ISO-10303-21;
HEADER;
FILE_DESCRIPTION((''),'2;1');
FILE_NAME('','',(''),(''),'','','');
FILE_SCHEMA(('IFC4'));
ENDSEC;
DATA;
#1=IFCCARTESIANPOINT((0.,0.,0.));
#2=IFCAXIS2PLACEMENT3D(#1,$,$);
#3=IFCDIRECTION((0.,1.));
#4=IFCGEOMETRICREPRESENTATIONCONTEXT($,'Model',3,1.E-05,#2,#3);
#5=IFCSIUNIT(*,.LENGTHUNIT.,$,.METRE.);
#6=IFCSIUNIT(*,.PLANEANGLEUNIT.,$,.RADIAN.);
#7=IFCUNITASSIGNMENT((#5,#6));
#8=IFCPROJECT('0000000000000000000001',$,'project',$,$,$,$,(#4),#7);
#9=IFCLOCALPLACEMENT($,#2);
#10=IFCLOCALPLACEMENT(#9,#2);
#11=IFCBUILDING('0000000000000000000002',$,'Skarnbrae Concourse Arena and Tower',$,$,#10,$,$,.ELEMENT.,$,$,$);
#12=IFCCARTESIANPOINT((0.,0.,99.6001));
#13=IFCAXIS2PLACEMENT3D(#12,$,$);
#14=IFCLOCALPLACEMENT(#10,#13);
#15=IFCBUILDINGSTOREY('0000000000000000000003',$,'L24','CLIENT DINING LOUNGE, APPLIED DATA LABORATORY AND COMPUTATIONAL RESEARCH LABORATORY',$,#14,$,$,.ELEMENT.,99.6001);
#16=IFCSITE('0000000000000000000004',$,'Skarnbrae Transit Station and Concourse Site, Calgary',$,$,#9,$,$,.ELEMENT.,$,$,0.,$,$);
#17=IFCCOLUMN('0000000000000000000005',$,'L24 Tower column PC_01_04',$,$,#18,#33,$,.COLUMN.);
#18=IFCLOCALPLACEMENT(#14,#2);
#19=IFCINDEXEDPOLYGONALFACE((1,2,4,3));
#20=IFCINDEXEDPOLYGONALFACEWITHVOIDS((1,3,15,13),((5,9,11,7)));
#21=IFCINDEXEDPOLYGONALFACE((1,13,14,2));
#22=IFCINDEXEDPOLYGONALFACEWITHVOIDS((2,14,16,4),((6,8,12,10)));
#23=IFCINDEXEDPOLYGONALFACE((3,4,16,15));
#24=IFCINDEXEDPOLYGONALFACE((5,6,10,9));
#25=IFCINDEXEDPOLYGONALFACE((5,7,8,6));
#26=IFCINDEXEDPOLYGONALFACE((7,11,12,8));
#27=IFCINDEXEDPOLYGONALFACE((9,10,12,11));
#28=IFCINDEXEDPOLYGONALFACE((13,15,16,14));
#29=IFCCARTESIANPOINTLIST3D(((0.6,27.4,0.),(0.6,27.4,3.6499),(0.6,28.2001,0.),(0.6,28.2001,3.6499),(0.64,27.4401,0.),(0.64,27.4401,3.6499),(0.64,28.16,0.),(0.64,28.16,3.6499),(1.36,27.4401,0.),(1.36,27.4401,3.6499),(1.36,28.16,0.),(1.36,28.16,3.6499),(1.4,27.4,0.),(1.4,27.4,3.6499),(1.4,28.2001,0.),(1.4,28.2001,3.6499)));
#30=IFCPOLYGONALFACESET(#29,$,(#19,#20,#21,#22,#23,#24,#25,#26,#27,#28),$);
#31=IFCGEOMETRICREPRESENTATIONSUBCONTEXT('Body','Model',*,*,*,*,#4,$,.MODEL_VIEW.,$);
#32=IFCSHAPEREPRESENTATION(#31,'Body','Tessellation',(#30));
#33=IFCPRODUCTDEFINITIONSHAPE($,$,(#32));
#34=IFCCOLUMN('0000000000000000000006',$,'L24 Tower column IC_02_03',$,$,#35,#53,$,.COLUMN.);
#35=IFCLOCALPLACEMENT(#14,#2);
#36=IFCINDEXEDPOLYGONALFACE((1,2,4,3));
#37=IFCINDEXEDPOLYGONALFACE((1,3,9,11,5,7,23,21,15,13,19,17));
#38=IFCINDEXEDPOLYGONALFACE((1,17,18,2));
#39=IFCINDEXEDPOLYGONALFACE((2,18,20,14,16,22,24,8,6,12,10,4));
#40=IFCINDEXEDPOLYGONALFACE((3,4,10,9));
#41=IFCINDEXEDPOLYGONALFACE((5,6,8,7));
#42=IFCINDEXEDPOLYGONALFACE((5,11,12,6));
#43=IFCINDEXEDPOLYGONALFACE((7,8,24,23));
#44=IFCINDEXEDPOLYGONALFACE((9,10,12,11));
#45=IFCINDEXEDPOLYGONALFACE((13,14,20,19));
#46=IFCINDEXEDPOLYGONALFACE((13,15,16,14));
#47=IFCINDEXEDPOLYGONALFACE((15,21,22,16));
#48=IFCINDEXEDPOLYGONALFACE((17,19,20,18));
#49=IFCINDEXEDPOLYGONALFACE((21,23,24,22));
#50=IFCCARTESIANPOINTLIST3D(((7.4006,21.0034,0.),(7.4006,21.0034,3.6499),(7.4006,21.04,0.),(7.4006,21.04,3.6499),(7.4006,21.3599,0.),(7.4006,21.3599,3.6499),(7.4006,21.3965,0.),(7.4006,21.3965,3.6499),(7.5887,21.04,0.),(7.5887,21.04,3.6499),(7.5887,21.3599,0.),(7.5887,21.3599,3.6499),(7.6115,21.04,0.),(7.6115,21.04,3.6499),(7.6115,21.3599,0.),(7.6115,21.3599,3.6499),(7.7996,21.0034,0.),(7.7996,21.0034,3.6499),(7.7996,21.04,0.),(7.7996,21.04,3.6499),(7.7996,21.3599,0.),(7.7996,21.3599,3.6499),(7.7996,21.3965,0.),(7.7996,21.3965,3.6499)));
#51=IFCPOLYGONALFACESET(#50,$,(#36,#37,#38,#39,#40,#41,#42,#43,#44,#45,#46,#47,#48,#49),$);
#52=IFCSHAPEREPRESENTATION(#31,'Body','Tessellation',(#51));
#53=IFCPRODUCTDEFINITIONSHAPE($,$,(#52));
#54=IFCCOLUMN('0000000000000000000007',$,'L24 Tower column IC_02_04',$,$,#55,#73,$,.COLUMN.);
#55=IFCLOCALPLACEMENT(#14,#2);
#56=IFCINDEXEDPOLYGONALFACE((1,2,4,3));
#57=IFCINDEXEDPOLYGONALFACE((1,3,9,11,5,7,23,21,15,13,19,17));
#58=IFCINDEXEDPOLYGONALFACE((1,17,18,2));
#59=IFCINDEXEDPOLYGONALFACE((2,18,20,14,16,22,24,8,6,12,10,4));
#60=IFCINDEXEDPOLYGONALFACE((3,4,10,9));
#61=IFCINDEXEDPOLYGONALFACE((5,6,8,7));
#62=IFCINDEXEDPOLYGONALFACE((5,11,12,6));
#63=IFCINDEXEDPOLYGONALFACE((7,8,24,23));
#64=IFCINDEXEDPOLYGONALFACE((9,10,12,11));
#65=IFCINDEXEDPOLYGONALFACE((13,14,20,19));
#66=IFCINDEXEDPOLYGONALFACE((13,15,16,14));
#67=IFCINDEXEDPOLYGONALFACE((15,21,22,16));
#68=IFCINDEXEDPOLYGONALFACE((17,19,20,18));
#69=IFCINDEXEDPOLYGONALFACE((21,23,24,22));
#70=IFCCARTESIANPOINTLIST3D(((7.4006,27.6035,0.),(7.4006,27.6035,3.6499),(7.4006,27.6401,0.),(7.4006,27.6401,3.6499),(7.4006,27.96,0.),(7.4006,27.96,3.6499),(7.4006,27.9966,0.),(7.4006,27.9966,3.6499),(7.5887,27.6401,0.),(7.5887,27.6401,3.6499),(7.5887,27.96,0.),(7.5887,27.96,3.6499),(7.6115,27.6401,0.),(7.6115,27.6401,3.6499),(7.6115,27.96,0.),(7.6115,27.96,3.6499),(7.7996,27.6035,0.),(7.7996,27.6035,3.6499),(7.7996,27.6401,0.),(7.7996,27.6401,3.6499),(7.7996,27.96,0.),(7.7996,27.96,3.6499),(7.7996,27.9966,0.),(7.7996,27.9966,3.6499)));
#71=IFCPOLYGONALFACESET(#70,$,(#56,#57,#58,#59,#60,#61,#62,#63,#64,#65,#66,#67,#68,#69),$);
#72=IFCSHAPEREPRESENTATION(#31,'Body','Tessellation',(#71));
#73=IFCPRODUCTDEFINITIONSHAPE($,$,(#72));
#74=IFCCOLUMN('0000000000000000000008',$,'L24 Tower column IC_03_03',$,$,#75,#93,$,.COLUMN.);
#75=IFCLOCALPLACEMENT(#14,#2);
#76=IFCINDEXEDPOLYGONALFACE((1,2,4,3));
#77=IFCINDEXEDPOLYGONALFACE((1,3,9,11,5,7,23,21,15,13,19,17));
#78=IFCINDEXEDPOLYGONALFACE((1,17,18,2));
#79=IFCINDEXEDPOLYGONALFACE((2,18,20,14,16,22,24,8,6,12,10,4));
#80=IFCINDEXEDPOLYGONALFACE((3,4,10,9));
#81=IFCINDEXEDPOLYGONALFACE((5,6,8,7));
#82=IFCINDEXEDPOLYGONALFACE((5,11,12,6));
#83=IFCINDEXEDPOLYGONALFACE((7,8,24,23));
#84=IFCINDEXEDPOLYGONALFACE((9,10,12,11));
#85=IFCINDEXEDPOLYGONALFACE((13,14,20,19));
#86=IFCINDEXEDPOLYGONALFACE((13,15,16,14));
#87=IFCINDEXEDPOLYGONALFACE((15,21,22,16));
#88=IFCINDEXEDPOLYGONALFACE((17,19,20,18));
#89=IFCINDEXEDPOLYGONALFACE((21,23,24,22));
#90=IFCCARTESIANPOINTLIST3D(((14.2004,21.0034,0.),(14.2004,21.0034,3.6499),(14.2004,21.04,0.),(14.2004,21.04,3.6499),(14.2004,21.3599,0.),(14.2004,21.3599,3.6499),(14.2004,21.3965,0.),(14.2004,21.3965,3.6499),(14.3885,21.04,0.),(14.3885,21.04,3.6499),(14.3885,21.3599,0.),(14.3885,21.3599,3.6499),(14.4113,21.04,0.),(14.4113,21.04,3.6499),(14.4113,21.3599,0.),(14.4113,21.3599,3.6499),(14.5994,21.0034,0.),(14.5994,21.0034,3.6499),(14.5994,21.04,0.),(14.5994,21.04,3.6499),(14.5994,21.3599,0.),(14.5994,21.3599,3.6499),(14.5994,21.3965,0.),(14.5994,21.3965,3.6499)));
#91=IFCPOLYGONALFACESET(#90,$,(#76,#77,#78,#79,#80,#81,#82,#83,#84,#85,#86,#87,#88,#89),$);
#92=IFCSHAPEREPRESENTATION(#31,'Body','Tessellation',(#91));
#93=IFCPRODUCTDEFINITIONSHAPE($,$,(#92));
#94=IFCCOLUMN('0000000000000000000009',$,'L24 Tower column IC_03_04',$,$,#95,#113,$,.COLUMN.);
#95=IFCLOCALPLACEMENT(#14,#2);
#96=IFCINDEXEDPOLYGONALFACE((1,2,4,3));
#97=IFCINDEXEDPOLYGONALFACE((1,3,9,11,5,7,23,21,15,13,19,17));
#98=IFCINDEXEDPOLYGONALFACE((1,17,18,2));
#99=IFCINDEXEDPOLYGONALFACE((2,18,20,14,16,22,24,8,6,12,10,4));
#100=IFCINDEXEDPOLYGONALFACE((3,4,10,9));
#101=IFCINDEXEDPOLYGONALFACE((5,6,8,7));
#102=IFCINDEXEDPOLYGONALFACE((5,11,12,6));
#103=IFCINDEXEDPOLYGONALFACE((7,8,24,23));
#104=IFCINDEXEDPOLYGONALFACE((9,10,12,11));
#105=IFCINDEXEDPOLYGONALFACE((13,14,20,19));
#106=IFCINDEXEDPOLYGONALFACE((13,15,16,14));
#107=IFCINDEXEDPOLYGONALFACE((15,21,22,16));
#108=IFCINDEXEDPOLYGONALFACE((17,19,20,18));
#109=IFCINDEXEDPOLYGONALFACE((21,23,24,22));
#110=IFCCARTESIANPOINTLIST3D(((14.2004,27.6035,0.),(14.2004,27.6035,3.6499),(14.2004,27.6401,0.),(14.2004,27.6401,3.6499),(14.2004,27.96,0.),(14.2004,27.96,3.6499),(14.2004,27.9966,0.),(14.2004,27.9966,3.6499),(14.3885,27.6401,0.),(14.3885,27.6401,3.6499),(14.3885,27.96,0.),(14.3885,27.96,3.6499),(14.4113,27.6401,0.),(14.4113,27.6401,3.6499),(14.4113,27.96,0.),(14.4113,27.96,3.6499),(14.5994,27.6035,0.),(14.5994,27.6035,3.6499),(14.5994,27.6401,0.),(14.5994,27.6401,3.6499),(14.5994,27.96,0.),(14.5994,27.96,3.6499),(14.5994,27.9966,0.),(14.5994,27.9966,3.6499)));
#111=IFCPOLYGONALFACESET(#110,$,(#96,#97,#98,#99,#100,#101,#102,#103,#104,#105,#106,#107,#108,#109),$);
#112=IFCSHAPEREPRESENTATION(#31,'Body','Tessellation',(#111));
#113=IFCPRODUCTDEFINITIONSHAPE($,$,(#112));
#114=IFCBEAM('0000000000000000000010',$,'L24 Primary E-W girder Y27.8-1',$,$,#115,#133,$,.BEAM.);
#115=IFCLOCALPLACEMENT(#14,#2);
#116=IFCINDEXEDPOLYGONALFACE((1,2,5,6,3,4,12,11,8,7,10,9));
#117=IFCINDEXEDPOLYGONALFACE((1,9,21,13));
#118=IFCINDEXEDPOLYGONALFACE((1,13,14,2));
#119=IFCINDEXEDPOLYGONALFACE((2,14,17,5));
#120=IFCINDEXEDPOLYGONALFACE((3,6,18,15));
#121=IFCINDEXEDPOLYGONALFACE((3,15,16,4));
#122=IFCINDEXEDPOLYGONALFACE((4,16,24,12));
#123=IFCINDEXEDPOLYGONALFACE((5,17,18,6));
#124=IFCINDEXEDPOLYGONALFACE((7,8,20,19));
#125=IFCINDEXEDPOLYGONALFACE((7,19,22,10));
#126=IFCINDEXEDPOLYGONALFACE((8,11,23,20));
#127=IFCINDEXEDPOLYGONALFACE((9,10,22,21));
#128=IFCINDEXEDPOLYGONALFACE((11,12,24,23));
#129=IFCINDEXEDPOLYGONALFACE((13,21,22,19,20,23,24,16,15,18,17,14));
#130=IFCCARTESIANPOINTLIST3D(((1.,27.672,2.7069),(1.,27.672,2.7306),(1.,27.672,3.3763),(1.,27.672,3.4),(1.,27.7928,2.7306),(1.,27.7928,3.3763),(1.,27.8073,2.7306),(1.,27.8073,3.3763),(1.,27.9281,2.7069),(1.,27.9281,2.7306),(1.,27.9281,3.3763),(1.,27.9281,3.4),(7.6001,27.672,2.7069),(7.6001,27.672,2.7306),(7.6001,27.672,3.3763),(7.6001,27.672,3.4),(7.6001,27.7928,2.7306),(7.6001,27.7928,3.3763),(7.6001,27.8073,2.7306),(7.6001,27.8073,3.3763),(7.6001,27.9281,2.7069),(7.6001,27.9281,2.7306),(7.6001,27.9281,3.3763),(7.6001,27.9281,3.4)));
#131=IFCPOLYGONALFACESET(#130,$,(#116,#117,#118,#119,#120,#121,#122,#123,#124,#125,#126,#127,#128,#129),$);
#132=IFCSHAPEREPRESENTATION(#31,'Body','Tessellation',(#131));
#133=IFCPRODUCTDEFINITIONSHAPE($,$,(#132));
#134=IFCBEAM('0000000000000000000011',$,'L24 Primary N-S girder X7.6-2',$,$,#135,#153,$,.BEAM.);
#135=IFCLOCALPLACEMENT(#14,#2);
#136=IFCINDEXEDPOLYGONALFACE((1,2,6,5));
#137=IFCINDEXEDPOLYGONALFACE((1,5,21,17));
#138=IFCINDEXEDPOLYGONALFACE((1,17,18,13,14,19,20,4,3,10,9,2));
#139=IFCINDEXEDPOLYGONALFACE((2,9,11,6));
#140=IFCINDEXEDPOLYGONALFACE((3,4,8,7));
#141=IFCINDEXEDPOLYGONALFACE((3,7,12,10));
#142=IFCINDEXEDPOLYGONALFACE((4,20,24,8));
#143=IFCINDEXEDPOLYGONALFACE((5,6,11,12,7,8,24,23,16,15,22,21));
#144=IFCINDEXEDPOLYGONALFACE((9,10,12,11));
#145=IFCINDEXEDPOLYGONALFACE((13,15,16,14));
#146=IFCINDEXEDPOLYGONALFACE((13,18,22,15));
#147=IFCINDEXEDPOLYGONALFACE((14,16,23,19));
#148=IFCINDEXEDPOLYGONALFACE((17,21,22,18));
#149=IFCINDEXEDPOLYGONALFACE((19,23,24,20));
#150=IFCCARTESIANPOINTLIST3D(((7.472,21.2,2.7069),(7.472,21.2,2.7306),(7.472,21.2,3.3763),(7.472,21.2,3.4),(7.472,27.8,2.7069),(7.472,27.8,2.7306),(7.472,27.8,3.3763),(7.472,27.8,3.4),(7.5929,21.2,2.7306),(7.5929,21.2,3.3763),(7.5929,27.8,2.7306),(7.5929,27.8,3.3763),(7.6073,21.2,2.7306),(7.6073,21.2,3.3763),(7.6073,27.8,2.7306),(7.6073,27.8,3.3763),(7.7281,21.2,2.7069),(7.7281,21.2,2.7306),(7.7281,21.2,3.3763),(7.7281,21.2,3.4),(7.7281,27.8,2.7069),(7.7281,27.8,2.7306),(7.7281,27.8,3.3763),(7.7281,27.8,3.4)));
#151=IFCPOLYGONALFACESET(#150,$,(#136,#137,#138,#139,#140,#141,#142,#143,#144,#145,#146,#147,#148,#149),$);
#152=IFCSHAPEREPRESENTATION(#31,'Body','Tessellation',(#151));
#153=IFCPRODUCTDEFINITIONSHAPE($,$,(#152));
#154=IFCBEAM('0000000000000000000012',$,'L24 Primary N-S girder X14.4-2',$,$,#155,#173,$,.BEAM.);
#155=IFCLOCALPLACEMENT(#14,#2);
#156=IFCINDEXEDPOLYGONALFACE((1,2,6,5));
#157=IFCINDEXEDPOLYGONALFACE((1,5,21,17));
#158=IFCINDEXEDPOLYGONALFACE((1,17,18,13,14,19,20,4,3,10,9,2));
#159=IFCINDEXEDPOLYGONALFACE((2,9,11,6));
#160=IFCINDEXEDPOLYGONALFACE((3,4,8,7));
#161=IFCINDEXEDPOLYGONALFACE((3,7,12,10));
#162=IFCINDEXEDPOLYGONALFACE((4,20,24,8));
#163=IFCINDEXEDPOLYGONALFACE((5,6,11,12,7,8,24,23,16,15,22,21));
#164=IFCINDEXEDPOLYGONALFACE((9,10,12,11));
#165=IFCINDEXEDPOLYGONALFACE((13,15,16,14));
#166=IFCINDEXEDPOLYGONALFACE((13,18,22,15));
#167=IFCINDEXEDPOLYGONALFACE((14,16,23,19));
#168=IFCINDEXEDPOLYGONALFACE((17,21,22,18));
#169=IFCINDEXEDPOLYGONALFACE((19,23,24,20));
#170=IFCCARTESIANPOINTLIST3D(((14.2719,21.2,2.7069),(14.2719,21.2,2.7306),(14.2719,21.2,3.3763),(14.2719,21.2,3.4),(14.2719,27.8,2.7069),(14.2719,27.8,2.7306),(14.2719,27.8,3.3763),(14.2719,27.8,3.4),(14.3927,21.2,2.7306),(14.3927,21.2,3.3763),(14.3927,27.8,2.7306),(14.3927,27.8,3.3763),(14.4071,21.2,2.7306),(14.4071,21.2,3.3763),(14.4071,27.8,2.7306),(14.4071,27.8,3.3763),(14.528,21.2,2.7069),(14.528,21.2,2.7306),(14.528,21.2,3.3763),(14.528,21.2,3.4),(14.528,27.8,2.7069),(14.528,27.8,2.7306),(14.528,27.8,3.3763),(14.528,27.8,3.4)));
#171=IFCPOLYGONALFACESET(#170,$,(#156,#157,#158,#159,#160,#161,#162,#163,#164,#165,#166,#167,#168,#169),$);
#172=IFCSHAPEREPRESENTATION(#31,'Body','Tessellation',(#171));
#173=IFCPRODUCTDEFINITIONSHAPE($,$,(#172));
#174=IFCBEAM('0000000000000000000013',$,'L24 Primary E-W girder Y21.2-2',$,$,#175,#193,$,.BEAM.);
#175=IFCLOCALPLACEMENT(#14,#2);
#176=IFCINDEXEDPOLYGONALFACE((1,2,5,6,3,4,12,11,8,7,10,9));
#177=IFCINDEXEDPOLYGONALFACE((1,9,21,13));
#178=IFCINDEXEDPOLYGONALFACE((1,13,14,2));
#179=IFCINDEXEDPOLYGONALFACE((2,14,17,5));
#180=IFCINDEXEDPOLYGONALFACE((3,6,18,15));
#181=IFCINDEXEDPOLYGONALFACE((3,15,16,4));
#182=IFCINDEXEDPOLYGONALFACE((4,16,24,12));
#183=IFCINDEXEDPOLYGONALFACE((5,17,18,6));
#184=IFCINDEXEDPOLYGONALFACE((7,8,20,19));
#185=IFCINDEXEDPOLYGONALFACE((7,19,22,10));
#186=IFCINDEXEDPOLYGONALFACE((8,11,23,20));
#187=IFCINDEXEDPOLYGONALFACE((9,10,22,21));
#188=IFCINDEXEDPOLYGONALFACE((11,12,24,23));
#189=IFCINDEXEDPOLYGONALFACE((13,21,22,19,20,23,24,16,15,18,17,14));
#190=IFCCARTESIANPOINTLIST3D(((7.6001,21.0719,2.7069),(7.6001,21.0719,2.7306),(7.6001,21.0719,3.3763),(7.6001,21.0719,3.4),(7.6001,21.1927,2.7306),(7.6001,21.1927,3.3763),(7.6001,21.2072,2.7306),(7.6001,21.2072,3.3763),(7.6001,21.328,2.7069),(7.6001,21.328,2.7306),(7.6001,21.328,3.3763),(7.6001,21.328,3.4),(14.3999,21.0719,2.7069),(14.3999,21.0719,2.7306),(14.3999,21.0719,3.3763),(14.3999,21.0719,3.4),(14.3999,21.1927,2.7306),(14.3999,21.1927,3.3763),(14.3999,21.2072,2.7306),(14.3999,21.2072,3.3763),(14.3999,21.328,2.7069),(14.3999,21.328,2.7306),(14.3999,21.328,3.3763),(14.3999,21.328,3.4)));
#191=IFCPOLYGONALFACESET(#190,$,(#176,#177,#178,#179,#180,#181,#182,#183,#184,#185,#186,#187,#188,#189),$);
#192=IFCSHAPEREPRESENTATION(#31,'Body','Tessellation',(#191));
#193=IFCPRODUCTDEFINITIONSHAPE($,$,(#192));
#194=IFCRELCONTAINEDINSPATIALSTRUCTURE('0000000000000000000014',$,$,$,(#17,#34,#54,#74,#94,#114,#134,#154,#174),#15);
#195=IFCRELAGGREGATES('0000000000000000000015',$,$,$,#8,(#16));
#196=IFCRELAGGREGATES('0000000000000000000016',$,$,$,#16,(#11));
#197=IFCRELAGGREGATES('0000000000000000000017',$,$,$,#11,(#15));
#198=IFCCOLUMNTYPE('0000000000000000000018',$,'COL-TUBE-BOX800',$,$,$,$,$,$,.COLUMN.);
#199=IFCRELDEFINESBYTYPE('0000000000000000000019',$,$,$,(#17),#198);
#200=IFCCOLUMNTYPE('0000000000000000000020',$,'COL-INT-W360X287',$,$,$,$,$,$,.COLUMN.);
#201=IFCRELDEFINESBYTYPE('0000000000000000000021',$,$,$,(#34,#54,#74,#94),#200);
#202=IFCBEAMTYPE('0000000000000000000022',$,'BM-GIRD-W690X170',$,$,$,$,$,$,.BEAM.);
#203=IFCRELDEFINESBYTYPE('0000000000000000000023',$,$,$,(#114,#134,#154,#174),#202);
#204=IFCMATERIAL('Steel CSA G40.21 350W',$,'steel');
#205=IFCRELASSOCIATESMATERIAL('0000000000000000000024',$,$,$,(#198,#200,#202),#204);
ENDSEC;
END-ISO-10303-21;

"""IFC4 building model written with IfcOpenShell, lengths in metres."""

from ifc_helpers import new_model, si_unit, direction, frame, origin, origin_2d, place, context, subcontext, project, spatial, hollow_rectangle, i_section, extrude, source, transform, mapped, material, material_profile, profile_set, type_object, element, save


model = new_model("IFC4")

# Units and contexts
model_context = context("Model", 3, precision=1e-05, world=origin(), true_north=direction((0.0, 1.0)))
body_context = subcontext(model_context, "Body", "Model", "MODEL_VIEW")
ifc_project = project(units=[si_unit("LENGTHUNIT", "METRE"), si_unit("PLANEANGLEUNIT", "RADIAN")], contexts=[model_context])

# Site, building, storey
site_placement = place(None, origin())
site = spatial("IfcSite", under=ifc_project, at=site_placement, Name="Skarnbrae Transit Station and Concourse Site, Calgary", CompositionType="ELEMENT", RefElevation=0.0)
building_placement = place(site_placement, origin())
building = spatial("IfcBuilding", under=site, at=building_placement, Name="Skarnbrae Concourse Arena and Tower", CompositionType="ELEMENT")
storey_placement = place(building_placement, frame((0.0, 0.0, 99.6001)))
storey = spatial("IfcBuildingStorey", under=building, at=storey_placement, Name="L24", Description="CLIENT DINING LOUNGE, APPLIED DATA LABORATORY AND COMPUTATIONAL RESEARCH LABORATORY", CompositionType="ELEMENT", Elevation=99.6001)

# Columns
ifc_material_1 = material(Name="Steel CSA G40.21 350W", Category="steel")
ifc_material_profile_1 = material_profile(ifc_material_1, hollow_rectangle(XDim=0.8, YDim=0.8, WallThickness=0.04, at=origin_2d()), Name="BOX800X800X40")
ifc_profile_set_1 = profile_set([ifc_material_profile_1], Name="Steel CSA G40.21 350W")
column_type_1 = type_object("IfcColumnType", Name="COL-TUBE-BOX800", PredefinedType="COLUMN", material=ifc_profile_set_1)
shared_shape_1 = source(origin(), body_context, "Body", "SweptSolid", [
    extrude(hollow_rectangle(XDim=0.8, YDim=0.8, WallThickness=0.04, at=origin_2d()), origin(), (0.0, 0.0, 1.0), 3.6499),
])
column_placement = place(storey_placement, frame((1.0, 27.8, 0.0), z_axis=(0.0, 0.0, 1.0), x_axis=(1.0, 0.0, 0.0)))
element("IfcColumn", 1, at=column_placement, inside=storey, type_object=column_type_1, Name="L24 Tower column PC_01_04", PredefinedType="COLUMN", context=body_context, shape_type="MappedRepresentation", body=[
    mapped(shared_shape_1, transform((0.0, 0.0, 0.0))),
])
ifc_material_profile_2 = material_profile(ifc_material_1, i_section(OverallWidth=0.3989, OverallDepth=0.3931, WebThickness=0.0227, FlangeThickness=0.0366, at=origin_2d()), Name="W360X287")
ifc_profile_set_2 = profile_set([ifc_material_profile_2], Name="Steel CSA G40.21 350W")
column_type_2 = type_object("IfcColumnType", Name="COL-INT-W360X287", PredefinedType="COLUMN", material=ifc_profile_set_2)
shared_shape_2 = source(origin(), body_context, "Body", "SweptSolid", [
    extrude(i_section(OverallWidth=0.3989, OverallDepth=0.3931, WebThickness=0.0227, FlangeThickness=0.0366, at=origin_2d()), origin(), (0.0, 0.0, 1.0), 3.6499),
])
for number, where, z_axis, x_axis, name in (
    (2, (7.6001, 21.2, 0.0), (0.0, 0.0, 1.0), (1.0, 0.0, 0.0), "L24 Tower column IC_02_03"),
    (3, (7.6001, 27.8, 0.0), (0.0, 0.0, 1.0), (1.0, 0.0, 0.0), "L24 Tower column IC_02_04"),
    (4, (14.3999, 21.2, 0.0), (0.0, 0.0, 1.0), (1.0, 0.0, 0.0), "L24 Tower column IC_03_03"),
    (5, (14.3999, 27.8, 0.0), (0.0, 0.0, 1.0), (1.0, 0.0, 0.0), "L24 Tower column IC_03_04"),
):
    element("IfcColumn", number, at=place(storey_placement, frame(where, z_axis=z_axis, x_axis=x_axis)), inside=storey, type_object=column_type_2, Name=name, PredefinedType="COLUMN", context=body_context, shape_type="MappedRepresentation", body=[
        mapped(shared_shape_2, transform((0.0, 0.0, 0.0))),
    ])

# Beams
ifc_material_profile_3 = material_profile(ifc_material_1, i_section(OverallWidth=0.2561, OverallDepth=0.6931, WebThickness=0.0144, FlangeThickness=0.0237, at=origin_2d()), Name="W690X170")
ifc_profile_set_3 = profile_set([ifc_material_profile_3], Name="Steel CSA G40.21 350W")
beam_type_1 = type_object("IfcBeamType", Name="BM-GIRD-W690X170", PredefinedType="BEAM", material=ifc_profile_set_3)
shared_shape_3 = source(origin(), body_context, "Body", "SweptSolid", [
    extrude(i_section(OverallWidth=0.2561, OverallDepth=0.6931, WebThickness=0.0144, FlangeThickness=0.0237, at=origin_2d()), origin(), (0.0, 0.0, 1.0), 6.6001),
])
for number, where, z_axis, x_axis, name in (
    (6, (1.0, 27.8, 3.0535), (1.0, 0.0, 0.0), (0.0, 1.0, 0.0), "L24 Primary E-W girder Y27.8-1"),
    (7, (7.6001, 21.2, 3.0535), (0.0, 1.0, 0.0), (-1.0, 0.0, 0.0), "L24 Primary N-S girder X7.6-2"),
    (8, (14.3999, 21.2, 3.0535), (0.0, 1.0, 0.0), (-1.0, 0.0, 0.0), "L24 Primary N-S girder X14.4-2"),
):
    element("IfcBeam", number, at=place(storey_placement, frame(where, z_axis=z_axis, x_axis=x_axis)), inside=storey, type_object=beam_type_1, Name=name, PredefinedType="BEAM", context=body_context, shape_type="MappedRepresentation", body=[
        mapped(shared_shape_3, transform((0.0, 0.0, 0.0))),
    ])
shared_shape_4 = source(origin(), body_context, "Body", "SweptSolid", [
    extrude(i_section(OverallWidth=0.2561, OverallDepth=0.6931, WebThickness=0.0144, FlangeThickness=0.0237, at=origin_2d()), origin(), (0.0, 0.0, 1.0), 6.7998),
])
for number, where, z_axis, x_axis, name in (
    (9, (7.6001, 21.2, 3.0535), (1.0, 0.0, 0.0), (0.0, 1.0, 0.0), "L24 Primary E-W girder Y21.2-2"),
):
    element("IfcBeam", number, at=place(storey_placement, frame(where, z_axis=z_axis, x_axis=x_axis)), inside=storey, type_object=beam_type_1, Name=name, PredefinedType="BEAM", context=body_context, shape_type="MappedRepresentation", body=[
        mapped(shared_shape_4, transform((0.0, 0.0, 0.0))),
    ])

save(model, "model.ifc")
